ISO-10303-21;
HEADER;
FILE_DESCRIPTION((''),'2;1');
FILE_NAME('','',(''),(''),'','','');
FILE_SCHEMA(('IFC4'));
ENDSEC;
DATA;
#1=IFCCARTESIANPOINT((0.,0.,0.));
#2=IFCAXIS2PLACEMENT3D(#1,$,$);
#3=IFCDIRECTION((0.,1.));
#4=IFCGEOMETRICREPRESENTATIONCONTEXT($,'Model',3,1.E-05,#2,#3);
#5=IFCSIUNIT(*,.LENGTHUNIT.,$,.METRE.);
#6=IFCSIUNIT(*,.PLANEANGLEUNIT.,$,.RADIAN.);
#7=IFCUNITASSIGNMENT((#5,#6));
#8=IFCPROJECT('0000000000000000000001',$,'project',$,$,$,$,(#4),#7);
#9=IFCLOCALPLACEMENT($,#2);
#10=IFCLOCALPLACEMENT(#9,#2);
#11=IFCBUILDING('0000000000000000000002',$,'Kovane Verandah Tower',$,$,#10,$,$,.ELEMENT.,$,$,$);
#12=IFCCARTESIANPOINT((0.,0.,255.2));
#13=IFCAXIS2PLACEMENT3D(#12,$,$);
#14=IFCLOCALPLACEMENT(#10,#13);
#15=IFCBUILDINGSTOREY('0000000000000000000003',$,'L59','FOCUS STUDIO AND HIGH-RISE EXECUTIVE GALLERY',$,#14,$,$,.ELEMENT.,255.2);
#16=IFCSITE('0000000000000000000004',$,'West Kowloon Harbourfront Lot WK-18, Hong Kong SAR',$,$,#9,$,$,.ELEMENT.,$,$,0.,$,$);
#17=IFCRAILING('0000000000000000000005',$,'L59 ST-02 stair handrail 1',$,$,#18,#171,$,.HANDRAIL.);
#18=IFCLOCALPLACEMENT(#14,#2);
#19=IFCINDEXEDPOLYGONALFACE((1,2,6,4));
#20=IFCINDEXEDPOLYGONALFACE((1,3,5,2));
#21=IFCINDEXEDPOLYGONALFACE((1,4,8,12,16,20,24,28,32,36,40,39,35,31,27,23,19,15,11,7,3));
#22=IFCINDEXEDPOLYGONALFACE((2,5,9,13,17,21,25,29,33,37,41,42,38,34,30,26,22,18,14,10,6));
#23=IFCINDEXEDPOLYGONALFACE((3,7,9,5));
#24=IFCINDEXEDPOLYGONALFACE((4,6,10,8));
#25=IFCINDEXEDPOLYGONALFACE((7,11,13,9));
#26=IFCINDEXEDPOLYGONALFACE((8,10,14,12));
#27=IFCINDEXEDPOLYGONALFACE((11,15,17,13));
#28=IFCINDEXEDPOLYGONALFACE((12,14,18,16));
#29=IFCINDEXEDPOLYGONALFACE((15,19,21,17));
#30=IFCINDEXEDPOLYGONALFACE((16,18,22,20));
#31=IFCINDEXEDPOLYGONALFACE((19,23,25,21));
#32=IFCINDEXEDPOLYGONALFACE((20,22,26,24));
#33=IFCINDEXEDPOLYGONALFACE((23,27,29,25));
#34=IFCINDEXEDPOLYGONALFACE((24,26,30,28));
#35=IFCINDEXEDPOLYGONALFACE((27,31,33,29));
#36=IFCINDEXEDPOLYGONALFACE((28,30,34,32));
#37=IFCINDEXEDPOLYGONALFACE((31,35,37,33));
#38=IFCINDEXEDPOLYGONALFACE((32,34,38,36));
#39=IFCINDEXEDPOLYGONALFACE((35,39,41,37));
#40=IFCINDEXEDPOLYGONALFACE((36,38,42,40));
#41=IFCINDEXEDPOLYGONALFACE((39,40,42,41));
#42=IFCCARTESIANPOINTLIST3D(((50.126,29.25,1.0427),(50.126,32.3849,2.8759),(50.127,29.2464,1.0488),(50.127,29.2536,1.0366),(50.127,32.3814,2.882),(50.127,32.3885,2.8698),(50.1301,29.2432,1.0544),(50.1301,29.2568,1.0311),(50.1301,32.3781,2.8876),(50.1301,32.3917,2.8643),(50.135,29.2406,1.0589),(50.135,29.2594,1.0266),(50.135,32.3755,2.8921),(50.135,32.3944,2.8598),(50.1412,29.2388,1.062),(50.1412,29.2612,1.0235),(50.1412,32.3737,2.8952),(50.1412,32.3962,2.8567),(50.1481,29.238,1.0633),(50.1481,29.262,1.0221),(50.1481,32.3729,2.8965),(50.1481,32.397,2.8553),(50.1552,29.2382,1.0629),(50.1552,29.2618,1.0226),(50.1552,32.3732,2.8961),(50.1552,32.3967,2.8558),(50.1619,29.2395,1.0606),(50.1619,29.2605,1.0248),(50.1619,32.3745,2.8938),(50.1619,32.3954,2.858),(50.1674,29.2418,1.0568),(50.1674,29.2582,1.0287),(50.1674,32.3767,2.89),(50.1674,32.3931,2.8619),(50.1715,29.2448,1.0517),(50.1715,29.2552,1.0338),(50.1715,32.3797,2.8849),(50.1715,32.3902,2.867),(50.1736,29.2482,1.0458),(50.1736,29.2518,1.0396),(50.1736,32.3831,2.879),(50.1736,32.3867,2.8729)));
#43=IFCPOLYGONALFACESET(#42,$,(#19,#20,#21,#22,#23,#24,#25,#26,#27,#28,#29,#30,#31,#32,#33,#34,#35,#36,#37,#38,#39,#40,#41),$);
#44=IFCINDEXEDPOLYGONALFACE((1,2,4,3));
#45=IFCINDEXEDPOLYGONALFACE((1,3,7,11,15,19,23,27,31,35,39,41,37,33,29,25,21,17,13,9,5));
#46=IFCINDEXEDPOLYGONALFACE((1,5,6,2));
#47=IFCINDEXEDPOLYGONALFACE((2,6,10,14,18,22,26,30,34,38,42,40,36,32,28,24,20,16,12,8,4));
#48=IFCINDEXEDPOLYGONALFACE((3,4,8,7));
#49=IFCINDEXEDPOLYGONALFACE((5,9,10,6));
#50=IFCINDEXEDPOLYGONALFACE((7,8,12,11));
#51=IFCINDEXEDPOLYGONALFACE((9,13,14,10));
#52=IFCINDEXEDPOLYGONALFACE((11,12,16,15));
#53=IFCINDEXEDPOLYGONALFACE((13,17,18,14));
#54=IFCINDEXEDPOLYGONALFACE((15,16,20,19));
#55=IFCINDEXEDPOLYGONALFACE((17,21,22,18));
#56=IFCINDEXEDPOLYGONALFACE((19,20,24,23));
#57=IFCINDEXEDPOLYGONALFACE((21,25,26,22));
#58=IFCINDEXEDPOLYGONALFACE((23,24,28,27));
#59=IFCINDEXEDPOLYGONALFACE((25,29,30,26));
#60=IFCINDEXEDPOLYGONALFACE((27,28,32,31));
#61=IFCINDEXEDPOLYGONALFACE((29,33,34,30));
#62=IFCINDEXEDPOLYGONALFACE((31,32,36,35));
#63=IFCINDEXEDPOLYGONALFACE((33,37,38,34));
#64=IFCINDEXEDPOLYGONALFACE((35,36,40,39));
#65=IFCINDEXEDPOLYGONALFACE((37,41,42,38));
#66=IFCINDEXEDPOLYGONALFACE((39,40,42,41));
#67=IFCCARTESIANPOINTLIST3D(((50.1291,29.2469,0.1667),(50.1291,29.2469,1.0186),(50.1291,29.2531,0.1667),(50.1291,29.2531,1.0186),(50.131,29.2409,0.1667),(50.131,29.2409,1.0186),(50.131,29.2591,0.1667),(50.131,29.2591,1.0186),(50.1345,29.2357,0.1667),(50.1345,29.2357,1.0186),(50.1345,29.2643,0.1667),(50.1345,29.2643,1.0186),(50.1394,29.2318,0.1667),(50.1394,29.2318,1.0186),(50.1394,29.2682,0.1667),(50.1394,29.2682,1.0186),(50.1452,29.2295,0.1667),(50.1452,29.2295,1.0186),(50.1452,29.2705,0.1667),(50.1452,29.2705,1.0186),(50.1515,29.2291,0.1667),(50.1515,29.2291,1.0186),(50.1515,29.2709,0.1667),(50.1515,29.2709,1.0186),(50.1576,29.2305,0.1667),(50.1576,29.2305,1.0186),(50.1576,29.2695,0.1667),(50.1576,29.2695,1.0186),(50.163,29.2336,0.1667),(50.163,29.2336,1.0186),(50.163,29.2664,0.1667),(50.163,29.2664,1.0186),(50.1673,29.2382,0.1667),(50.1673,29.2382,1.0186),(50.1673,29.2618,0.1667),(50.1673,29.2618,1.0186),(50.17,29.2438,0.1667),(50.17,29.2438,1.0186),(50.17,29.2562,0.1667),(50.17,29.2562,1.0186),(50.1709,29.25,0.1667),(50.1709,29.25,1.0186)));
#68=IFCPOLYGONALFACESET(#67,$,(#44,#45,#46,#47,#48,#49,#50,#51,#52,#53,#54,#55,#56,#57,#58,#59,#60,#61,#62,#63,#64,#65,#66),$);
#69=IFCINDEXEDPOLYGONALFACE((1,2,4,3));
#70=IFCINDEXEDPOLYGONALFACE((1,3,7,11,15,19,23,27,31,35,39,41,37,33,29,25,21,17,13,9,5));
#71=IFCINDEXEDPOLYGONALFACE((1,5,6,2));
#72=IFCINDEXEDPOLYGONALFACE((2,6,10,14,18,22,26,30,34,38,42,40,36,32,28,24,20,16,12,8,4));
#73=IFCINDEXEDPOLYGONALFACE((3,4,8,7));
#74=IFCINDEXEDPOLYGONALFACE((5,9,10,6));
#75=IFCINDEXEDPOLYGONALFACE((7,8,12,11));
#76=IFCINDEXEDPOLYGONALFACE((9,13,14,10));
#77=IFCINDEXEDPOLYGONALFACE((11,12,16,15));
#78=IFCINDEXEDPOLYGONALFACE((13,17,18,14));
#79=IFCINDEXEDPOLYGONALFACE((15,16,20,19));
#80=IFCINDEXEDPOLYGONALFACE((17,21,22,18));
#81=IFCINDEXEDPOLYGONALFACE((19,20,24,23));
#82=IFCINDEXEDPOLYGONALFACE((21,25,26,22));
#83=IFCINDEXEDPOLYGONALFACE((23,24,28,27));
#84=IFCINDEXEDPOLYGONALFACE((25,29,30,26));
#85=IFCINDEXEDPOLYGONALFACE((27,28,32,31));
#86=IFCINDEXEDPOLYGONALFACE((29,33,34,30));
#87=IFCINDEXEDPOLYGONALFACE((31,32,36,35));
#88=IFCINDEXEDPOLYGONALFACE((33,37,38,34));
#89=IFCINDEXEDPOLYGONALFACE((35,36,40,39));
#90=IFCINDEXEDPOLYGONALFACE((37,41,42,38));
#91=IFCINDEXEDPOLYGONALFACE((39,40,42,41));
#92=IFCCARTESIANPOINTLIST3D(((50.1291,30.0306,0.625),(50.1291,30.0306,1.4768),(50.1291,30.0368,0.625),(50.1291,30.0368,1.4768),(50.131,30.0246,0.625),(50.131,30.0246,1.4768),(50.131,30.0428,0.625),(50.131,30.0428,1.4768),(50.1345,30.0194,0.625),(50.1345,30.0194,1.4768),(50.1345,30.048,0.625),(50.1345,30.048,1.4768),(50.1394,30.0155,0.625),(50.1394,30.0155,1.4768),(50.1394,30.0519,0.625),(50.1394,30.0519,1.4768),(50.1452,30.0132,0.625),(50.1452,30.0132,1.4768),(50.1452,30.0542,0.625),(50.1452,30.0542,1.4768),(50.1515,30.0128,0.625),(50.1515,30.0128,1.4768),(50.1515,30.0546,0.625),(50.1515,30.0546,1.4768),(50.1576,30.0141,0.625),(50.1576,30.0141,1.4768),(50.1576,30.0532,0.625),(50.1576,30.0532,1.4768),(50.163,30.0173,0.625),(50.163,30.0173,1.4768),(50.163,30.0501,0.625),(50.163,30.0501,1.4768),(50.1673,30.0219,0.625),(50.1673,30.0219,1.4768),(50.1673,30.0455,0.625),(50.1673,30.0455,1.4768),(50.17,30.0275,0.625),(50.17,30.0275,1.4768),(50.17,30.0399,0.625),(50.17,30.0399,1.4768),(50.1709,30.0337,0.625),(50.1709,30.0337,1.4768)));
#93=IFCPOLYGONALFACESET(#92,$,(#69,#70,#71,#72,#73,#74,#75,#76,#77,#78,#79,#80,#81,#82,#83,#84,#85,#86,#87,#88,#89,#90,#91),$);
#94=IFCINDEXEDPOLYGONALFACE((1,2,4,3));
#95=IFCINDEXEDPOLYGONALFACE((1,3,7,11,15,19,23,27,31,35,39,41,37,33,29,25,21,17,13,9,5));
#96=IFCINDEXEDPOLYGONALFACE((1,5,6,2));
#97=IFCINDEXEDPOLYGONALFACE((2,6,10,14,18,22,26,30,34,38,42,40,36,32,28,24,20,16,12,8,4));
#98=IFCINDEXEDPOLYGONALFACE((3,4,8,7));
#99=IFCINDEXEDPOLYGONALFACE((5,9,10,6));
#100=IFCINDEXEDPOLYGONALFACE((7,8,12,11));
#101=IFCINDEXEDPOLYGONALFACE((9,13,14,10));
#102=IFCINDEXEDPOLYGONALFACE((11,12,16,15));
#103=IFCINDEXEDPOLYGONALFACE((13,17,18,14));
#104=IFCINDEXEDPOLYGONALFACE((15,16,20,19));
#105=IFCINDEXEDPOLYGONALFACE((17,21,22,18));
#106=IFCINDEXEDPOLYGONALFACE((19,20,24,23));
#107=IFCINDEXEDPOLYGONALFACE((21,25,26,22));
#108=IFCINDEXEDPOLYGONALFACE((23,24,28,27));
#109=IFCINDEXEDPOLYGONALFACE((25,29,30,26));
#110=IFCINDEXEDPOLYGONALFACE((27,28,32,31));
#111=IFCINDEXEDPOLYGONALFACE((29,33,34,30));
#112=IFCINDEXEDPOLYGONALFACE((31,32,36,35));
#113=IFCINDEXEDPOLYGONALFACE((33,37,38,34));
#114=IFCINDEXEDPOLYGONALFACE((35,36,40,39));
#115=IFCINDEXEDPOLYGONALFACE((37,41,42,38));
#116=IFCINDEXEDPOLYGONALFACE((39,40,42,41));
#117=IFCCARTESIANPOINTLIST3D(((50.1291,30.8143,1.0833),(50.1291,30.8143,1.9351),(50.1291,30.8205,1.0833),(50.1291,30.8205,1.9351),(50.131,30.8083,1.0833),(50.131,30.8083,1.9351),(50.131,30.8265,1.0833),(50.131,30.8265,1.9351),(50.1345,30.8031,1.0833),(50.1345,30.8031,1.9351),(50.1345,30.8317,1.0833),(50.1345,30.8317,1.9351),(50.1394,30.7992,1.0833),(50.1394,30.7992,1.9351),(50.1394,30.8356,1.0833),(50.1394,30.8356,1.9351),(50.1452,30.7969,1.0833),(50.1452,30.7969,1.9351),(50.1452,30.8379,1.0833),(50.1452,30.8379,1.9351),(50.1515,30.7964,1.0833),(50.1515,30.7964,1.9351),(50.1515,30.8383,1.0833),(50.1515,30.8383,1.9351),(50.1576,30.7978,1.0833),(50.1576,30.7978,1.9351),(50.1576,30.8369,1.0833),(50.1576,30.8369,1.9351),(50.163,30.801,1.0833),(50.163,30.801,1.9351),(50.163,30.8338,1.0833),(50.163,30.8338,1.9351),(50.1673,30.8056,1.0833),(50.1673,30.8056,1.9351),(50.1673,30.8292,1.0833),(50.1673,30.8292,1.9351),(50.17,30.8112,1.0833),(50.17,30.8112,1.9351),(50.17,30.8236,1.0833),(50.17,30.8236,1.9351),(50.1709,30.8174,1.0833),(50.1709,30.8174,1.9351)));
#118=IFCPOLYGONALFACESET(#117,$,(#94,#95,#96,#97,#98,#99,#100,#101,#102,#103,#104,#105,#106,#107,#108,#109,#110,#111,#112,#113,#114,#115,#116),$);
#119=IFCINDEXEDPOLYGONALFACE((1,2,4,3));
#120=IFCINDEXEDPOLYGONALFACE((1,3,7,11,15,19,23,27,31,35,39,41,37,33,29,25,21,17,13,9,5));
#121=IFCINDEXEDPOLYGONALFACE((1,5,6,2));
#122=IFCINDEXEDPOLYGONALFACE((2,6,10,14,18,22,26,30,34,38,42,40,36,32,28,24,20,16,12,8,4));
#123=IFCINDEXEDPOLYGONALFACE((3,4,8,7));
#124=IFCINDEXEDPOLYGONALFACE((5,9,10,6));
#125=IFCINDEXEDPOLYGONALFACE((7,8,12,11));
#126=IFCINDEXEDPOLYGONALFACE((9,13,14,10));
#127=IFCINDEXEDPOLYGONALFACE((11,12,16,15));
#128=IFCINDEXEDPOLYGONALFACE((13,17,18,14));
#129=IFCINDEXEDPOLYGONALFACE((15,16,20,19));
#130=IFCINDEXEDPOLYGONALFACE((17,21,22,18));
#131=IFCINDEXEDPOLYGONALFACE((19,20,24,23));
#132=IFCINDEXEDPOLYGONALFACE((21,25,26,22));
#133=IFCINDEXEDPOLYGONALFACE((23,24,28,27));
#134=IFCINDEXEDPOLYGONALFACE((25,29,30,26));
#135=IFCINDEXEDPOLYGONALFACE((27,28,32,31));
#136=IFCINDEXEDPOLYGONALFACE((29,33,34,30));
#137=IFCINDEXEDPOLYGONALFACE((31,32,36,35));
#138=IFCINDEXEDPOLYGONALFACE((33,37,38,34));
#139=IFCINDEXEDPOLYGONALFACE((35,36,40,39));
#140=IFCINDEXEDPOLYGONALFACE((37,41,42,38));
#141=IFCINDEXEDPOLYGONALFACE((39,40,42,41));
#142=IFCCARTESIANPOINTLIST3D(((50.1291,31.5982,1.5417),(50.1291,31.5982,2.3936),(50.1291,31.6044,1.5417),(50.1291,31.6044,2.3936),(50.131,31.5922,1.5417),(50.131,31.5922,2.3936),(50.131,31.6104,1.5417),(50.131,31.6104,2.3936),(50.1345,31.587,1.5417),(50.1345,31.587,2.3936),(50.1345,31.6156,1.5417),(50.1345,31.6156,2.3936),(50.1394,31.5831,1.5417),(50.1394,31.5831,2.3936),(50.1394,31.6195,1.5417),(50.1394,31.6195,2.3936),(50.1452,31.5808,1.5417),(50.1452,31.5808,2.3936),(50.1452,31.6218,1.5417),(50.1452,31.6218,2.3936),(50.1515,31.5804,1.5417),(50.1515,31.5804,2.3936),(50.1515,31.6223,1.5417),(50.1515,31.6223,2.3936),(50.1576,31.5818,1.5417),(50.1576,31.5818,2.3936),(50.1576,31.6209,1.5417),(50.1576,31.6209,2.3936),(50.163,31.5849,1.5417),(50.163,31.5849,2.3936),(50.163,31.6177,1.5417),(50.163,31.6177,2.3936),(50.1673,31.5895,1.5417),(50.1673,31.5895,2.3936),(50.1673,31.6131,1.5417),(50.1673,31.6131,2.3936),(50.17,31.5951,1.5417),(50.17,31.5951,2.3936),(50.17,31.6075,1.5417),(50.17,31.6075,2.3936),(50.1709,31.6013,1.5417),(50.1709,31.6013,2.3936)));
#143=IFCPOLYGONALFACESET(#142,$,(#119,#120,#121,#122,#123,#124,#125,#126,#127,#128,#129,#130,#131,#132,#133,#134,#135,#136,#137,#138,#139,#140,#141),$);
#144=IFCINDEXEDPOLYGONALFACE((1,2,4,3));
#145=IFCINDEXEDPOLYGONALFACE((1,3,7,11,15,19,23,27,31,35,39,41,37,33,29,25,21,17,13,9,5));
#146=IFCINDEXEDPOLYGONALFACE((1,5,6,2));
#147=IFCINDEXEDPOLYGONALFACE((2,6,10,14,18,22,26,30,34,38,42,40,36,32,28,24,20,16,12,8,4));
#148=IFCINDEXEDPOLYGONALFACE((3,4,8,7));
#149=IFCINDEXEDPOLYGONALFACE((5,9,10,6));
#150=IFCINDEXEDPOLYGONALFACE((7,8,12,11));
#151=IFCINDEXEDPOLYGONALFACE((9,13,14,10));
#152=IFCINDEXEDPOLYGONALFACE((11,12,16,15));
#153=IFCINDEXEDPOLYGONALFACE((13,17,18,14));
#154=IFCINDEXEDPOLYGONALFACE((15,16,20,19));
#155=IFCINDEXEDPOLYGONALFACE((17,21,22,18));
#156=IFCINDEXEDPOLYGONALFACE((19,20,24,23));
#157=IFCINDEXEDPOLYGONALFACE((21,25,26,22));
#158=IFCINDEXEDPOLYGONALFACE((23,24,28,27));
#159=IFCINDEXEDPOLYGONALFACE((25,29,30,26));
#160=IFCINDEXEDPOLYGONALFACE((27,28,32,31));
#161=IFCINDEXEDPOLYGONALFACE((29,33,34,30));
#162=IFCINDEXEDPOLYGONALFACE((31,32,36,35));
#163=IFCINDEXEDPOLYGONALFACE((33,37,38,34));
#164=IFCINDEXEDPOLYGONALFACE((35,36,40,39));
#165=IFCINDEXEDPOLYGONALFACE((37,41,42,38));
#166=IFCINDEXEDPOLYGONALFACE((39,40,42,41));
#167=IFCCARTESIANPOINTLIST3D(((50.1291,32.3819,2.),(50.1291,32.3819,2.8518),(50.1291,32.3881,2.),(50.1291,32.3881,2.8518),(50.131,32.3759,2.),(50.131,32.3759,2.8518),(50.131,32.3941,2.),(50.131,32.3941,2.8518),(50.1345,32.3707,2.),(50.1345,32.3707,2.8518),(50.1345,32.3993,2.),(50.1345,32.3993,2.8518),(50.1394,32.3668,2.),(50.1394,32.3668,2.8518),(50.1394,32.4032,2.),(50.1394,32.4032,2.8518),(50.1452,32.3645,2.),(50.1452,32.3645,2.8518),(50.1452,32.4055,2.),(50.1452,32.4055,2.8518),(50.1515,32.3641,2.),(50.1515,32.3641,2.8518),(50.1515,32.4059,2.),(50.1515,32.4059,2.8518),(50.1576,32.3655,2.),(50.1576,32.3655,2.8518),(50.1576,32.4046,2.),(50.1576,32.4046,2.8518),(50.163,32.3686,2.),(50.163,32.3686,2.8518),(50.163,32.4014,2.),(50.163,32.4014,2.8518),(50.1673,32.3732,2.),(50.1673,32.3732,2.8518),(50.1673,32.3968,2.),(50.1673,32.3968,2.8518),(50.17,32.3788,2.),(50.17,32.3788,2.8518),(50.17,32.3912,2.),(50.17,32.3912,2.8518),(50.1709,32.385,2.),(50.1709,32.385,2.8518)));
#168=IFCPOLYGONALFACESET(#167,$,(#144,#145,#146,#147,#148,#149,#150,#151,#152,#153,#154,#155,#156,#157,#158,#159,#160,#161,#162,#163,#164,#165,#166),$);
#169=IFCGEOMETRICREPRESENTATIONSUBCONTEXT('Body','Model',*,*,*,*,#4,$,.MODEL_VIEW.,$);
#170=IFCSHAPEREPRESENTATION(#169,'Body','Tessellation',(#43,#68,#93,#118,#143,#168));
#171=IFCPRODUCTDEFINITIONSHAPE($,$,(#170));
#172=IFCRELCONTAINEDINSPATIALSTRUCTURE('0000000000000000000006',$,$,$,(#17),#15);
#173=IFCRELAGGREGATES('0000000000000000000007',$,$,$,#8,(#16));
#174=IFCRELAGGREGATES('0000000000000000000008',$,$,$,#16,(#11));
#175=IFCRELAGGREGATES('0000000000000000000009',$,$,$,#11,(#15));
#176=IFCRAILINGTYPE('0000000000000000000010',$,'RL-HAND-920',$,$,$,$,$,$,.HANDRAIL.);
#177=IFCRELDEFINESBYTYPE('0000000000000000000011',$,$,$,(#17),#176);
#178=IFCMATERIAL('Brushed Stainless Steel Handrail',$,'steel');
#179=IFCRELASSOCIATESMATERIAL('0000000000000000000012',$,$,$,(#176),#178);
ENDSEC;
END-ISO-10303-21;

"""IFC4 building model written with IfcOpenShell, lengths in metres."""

from ifc_helpers import new_model, si_unit, direction, frame, origin, origin_2d, place, context, subcontext, project, spatial, circle, extrude, material, type_object, element, save


model = new_model("IFC4")

# Units and contexts
model_context = context("Model", 3, precision=1e-05, world=origin(), true_north=direction((0.0, 1.0)))
body_context = subcontext(model_context, "Body", "Model", "MODEL_VIEW")
ifc_project = project(units=[si_unit("LENGTHUNIT", "METRE"), si_unit("PLANEANGLEUNIT", "RADIAN")], contexts=[model_context])

# Site, building, storey
site_placement = place(None, origin())
site = spatial("IfcSite", under=ifc_project, at=site_placement, Name="West Kowloon Harbourfront Lot WK-18, Hong Kong SAR", CompositionType="ELEMENT", RefElevation=0.0)
building_placement = place(site_placement, origin())
building = spatial("IfcBuilding", under=site, at=building_placement, Name="Kovane Verandah Tower", CompositionType="ELEMENT")
storey_placement = place(building_placement, frame((0.0, 0.0, 255.2)))
storey = spatial("IfcBuildingStorey", under=building, at=storey_placement, Name="L59", Description="FOCUS STUDIO AND HIGH-RISE EXECUTIVE GALLERY", CompositionType="ELEMENT", Elevation=255.2)

# Railing
ifc_material_1 = material(Name="Brushed Stainless Steel Handrail", Category="steel")
railing_type_1 = type_object("IfcRailingType", Name="RL-HAND-920", PredefinedType="HANDRAIL", material=ifc_material_1)
railing_1_placement = place(storey_placement, frame((50.1499, 29.25, 0.1667)))
element("IfcRailing", 1, at=railing_1_placement, inside=storey, type_object=railing_type_1, Name="L59 ST-02 stair handrail 1", PredefinedType="HANDRAIL", context=body_context, shape_type="SweptSolid", body=[
    extrude(circle(Radius=0.0239, at=origin_2d()), frame((0.0, 0.0, 0.876), z_axis=(0.0, 0.86324, 0.504794), x_axis=(-1.0, 0.0, 0.0)), (0.0, 0.0, 1.0), 3.6316),
    extrude(circle(Radius=0.021, at=origin_2d()), origin(), (0.0, 0.0, 1.0), 0.8518),
    extrude(circle(Radius=0.021, at=origin_2d()), frame((0.0, 0.7837, 0.4583)), (0.0, 0.0, 1.0), 0.8518),
    extrude(circle(Radius=0.021, at=origin_2d()), frame((0.0, 1.5674, 0.9165)), (0.0, 0.0, 1.0), 0.8518),
    extrude(circle(Radius=0.021, at=origin_2d()), frame((0.0, 2.3513, 1.375)), (0.0, 0.0, 1.0), 0.8518),
    extrude(circle(Radius=0.021, at=origin_2d()), frame((0.0, 3.135, 1.8333)), (0.0, 0.0, 1.0), 0.8518),
])

save(model, "model.ifc")
